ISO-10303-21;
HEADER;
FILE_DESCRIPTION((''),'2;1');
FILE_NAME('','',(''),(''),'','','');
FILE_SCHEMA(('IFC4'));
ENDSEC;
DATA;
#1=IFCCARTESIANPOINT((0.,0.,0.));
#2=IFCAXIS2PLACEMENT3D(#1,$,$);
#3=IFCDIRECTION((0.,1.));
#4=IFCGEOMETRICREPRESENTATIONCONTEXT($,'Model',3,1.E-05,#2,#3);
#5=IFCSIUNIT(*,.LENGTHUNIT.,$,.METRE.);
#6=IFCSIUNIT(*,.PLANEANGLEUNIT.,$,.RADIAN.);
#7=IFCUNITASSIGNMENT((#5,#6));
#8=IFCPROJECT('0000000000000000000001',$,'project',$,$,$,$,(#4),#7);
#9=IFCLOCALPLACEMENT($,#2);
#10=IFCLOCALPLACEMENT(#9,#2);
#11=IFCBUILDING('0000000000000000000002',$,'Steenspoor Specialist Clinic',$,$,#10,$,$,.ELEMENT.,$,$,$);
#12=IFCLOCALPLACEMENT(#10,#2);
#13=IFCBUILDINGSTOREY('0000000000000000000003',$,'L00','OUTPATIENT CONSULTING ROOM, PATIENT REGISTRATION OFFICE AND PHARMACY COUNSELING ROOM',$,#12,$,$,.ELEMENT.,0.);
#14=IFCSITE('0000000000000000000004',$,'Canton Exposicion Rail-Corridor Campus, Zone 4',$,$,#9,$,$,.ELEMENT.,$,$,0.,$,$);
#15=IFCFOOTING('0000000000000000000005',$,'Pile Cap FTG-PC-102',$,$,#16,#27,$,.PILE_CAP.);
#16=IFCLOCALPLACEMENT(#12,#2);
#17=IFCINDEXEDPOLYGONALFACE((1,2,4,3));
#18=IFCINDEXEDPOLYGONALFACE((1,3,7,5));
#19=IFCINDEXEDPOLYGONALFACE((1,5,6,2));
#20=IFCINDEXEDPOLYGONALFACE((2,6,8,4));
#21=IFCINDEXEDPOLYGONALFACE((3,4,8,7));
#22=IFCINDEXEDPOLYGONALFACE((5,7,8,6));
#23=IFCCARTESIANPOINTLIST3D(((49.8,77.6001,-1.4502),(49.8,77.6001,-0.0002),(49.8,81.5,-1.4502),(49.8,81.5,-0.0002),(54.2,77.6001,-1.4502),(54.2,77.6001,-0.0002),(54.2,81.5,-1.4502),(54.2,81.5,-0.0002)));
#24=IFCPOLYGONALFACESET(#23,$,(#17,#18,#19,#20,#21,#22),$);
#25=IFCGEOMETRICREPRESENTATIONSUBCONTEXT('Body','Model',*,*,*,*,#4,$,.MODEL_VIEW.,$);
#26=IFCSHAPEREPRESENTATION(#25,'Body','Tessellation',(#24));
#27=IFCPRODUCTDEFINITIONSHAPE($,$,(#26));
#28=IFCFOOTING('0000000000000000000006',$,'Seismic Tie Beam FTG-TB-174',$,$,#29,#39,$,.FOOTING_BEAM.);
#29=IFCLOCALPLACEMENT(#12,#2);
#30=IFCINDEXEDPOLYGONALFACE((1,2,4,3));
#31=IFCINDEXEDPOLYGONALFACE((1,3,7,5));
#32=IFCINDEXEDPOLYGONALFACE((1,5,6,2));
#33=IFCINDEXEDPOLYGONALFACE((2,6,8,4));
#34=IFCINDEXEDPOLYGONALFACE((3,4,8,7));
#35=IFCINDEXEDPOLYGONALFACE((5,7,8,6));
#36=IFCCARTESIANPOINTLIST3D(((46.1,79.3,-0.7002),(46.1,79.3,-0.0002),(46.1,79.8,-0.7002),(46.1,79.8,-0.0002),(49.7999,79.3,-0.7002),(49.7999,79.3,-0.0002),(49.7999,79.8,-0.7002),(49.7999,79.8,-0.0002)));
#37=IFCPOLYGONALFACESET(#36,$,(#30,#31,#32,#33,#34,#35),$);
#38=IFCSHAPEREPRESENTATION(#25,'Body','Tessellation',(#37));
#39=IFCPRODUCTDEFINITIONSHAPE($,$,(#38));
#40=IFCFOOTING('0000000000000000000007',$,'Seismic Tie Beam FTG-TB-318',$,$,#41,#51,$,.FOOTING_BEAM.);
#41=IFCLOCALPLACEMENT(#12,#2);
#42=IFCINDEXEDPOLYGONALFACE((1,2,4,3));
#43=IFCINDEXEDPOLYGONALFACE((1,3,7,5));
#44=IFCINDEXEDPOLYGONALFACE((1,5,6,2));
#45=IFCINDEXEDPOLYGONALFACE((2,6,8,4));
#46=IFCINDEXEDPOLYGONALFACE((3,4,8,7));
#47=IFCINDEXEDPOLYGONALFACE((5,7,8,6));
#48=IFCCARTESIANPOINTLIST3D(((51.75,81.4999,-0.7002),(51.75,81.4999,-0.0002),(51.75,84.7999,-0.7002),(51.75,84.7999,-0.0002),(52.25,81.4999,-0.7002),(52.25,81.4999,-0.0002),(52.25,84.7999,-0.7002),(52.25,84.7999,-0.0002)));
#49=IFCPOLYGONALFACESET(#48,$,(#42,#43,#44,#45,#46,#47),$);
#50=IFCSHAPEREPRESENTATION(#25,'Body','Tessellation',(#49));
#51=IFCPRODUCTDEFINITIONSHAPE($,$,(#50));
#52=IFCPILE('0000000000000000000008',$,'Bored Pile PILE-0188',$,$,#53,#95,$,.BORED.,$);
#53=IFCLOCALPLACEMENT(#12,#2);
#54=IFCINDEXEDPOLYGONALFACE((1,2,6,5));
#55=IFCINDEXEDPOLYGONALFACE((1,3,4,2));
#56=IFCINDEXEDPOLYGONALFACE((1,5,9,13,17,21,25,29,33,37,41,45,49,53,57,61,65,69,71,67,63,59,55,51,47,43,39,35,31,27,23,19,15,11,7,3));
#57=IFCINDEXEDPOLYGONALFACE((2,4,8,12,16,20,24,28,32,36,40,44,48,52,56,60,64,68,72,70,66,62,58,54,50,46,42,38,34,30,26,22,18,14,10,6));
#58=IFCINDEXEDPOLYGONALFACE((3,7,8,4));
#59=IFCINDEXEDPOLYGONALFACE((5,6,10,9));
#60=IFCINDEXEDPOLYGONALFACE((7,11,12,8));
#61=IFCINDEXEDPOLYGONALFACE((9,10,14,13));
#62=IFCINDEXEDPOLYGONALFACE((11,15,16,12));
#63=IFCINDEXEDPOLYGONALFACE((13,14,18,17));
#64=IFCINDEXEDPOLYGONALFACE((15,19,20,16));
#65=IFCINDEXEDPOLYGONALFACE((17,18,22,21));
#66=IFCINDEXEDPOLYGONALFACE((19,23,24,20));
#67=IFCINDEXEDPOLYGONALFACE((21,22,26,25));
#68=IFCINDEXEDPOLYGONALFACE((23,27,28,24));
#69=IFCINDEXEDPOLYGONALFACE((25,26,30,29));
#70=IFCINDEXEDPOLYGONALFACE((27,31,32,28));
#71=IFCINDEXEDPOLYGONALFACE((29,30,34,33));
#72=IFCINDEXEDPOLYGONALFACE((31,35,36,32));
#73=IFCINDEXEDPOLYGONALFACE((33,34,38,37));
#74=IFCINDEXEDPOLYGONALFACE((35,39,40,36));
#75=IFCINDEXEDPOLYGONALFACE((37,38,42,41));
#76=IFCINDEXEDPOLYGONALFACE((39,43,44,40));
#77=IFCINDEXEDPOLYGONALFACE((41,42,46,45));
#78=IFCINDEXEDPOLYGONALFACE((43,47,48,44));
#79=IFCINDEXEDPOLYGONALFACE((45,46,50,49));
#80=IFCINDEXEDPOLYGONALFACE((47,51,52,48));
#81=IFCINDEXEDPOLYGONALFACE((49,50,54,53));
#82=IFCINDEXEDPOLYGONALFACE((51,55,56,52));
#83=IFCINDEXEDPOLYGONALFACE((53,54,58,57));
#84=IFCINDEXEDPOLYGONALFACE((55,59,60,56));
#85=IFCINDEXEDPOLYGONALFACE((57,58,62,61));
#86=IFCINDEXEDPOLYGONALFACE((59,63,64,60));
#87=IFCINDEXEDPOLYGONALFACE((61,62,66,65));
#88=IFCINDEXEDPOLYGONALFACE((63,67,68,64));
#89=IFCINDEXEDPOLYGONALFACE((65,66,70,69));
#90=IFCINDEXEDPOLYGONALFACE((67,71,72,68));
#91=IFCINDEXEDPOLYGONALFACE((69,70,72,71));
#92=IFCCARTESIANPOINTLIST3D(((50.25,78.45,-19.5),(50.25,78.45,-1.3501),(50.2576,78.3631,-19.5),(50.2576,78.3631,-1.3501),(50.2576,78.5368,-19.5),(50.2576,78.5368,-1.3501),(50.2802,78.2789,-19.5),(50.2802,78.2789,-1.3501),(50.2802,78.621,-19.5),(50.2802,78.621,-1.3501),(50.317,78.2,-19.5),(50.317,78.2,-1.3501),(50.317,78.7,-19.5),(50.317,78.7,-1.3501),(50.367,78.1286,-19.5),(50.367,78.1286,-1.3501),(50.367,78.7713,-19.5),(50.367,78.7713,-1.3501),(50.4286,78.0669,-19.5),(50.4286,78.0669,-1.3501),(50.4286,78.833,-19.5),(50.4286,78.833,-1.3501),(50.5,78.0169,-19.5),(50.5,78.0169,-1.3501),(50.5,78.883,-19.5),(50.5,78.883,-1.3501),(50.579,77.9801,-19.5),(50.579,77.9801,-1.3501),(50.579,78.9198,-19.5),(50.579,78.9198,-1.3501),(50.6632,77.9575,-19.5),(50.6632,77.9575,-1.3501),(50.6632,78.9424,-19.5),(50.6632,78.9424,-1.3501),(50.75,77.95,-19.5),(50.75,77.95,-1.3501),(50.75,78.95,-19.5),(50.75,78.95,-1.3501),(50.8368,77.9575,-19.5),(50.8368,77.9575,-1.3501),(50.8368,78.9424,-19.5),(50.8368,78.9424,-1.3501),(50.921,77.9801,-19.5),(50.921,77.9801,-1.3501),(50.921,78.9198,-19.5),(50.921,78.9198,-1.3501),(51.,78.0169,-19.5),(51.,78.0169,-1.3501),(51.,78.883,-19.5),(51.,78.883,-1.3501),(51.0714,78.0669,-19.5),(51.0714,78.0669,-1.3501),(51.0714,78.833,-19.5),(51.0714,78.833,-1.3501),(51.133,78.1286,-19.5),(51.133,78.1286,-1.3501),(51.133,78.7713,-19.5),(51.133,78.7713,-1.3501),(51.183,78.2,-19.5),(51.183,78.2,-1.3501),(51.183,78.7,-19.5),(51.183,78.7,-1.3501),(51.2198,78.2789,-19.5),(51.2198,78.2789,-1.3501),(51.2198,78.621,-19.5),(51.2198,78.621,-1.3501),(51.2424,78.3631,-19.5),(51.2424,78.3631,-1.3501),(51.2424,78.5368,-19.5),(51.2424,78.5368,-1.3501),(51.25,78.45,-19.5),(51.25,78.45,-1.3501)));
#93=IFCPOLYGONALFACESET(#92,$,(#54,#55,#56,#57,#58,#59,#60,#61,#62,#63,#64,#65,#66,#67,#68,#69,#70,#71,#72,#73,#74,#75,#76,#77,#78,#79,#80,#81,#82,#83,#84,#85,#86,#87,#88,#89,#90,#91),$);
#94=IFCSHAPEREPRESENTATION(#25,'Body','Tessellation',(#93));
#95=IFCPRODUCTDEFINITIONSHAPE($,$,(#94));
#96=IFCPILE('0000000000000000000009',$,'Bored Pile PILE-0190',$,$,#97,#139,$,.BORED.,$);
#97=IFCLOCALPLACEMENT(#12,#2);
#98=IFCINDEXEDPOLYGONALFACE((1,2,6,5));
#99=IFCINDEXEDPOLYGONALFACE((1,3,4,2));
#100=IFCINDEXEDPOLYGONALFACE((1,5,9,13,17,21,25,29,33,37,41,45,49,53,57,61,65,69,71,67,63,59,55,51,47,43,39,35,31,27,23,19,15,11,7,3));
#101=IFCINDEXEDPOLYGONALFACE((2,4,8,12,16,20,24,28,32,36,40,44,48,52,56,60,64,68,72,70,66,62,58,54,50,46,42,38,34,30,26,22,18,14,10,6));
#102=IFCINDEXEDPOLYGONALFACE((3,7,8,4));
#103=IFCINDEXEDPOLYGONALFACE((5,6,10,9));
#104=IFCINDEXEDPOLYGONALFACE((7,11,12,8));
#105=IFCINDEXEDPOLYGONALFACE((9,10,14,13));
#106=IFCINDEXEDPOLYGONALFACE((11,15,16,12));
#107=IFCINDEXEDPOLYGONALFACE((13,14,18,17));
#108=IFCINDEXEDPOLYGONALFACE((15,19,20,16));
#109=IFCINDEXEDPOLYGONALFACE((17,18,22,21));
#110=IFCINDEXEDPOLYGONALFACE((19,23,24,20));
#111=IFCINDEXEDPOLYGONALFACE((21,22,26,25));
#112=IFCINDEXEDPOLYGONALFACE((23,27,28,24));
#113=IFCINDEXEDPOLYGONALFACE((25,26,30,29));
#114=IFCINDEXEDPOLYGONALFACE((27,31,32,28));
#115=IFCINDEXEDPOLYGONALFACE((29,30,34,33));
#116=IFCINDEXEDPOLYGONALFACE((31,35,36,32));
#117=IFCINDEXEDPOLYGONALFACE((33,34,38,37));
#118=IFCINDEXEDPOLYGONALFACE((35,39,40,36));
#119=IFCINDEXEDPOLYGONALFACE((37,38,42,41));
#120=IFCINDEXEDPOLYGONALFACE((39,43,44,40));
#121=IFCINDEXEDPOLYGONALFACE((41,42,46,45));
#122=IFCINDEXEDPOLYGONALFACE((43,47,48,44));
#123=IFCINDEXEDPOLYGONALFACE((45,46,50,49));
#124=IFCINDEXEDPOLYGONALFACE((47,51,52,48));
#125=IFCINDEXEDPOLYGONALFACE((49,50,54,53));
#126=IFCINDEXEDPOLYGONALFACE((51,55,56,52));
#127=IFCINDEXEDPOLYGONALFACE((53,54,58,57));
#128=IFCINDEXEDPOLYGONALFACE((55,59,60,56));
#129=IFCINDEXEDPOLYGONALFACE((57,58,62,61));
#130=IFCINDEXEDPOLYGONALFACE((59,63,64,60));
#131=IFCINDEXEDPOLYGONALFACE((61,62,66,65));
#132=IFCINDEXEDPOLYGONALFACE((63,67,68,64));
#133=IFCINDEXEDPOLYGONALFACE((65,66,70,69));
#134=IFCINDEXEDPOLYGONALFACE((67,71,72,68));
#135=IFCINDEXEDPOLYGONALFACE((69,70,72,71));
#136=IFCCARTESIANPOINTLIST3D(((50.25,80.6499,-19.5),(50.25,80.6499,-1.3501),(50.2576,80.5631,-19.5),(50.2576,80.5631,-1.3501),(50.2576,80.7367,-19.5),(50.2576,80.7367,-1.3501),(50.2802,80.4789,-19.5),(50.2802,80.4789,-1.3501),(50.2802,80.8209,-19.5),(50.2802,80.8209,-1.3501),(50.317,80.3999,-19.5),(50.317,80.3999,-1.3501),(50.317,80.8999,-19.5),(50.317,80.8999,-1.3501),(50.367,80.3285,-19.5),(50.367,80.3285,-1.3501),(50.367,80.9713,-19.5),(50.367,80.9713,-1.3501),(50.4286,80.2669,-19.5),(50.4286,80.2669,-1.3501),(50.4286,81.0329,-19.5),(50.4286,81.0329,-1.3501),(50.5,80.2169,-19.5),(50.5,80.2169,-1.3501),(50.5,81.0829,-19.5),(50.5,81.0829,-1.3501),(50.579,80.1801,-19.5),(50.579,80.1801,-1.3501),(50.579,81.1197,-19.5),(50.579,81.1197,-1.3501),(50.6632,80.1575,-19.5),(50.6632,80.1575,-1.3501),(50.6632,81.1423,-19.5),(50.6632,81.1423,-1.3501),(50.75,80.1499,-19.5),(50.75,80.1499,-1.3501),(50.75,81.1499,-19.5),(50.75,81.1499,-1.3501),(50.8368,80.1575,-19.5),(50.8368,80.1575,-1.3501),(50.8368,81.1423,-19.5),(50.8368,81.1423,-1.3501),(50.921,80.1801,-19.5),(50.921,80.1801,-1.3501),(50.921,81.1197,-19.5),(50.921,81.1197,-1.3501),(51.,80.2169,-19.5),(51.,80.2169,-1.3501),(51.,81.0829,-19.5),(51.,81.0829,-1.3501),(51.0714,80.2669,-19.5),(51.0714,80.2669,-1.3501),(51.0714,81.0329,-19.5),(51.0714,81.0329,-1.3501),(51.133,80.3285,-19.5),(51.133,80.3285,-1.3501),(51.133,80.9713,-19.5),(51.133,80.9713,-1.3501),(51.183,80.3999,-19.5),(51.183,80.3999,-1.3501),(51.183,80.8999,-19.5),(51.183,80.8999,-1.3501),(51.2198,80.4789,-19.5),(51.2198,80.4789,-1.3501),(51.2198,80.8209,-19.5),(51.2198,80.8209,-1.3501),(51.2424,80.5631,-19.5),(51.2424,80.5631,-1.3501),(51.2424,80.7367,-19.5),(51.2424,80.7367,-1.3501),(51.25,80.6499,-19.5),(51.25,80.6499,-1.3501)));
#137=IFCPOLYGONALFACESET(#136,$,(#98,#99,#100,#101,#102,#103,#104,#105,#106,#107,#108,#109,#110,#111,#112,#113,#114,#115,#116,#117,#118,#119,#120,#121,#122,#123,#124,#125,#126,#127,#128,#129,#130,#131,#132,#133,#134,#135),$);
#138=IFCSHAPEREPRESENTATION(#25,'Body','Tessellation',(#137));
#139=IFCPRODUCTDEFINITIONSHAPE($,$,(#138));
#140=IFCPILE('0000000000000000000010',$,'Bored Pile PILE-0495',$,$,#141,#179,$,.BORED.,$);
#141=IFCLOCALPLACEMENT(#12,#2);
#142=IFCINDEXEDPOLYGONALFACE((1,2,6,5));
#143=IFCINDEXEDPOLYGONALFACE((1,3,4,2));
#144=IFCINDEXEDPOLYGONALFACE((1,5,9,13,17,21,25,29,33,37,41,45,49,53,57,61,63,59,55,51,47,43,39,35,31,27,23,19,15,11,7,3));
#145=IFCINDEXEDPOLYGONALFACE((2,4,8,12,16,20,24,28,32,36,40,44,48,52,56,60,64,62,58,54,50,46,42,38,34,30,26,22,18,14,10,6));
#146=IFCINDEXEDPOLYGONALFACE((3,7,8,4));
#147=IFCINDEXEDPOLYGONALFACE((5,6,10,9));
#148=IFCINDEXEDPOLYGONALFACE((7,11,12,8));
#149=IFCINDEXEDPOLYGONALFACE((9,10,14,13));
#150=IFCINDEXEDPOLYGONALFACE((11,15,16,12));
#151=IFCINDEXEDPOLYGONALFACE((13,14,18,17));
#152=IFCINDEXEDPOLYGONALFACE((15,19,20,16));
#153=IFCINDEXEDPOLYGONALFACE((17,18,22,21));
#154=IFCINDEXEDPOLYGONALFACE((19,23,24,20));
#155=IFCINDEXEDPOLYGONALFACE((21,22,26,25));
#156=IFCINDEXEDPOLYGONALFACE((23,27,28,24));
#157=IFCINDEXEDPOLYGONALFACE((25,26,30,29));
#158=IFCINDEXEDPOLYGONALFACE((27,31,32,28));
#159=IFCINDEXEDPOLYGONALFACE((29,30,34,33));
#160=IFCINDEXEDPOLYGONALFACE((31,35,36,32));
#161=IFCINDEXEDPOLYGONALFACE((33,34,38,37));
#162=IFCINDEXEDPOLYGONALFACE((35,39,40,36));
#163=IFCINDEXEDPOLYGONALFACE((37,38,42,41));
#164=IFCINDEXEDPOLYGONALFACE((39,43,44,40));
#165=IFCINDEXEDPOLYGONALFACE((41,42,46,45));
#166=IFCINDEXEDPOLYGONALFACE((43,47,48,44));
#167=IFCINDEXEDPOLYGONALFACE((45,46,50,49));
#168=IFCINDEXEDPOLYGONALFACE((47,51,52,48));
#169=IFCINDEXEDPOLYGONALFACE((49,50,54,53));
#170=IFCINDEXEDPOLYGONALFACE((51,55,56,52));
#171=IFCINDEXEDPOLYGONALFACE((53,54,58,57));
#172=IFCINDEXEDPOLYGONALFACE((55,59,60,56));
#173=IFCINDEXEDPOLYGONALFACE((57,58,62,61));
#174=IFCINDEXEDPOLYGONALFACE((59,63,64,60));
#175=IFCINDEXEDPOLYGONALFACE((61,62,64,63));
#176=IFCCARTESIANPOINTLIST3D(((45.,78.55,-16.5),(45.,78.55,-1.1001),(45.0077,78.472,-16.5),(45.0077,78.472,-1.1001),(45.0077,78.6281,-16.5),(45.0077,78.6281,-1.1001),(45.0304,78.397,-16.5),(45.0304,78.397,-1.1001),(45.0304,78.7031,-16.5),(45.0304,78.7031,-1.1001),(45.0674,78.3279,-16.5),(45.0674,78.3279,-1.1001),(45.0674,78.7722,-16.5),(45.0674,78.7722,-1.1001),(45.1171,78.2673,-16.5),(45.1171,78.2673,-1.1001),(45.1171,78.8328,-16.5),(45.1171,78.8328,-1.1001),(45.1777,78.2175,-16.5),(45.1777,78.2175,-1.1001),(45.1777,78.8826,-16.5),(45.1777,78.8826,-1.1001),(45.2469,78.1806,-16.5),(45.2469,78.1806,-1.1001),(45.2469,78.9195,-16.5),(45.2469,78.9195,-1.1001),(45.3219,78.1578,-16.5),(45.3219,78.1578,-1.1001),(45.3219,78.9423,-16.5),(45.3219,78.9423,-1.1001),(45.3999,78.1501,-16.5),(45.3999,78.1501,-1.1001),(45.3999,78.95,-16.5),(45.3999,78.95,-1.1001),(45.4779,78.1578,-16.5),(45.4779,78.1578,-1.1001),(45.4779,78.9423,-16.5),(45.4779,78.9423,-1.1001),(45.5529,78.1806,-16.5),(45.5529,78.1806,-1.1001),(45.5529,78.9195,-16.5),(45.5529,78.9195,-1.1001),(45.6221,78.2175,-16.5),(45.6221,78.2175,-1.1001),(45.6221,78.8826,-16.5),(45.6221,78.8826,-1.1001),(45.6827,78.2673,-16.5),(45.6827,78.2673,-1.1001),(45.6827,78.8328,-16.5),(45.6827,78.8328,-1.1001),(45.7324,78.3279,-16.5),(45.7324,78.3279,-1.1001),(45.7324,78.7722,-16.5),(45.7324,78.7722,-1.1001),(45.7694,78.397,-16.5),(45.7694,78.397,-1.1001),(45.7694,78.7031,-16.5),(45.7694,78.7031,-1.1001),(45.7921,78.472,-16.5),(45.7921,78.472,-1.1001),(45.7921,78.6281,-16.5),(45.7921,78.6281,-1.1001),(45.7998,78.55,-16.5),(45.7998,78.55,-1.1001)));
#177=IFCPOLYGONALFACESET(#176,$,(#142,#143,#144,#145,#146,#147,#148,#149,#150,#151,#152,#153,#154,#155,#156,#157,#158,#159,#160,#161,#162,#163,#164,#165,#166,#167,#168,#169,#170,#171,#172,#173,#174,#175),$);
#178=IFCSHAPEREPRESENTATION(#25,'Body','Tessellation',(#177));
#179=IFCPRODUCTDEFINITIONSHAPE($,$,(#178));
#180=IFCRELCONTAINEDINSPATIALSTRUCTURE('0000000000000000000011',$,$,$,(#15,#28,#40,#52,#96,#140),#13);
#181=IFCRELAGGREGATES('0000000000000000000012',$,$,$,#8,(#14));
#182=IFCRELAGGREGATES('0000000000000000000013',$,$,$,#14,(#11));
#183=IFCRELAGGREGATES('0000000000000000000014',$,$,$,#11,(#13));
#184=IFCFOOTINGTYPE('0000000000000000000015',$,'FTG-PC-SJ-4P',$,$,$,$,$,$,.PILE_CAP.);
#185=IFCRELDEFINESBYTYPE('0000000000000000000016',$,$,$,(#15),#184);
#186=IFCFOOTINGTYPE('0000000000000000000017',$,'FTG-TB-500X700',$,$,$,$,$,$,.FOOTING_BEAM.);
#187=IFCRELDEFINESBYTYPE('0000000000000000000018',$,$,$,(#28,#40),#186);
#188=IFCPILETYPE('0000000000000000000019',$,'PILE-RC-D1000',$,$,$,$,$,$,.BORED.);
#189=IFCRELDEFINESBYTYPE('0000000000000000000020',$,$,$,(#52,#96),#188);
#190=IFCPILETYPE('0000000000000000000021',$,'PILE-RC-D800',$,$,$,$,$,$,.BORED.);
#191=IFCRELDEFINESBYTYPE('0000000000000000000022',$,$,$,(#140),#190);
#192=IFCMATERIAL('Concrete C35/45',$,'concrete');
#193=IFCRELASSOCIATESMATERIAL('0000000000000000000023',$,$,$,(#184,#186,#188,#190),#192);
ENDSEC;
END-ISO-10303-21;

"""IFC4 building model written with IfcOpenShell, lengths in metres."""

from ifc_helpers import new_model, si_unit, direction, frame, origin, origin_2d, place, context, subcontext, project, spatial, rectangle, circle, extrude, material, material_profile, profile_set, type_object, element, save


model = new_model("IFC4")

# Units and contexts
model_context = context("Model", 3, precision=1e-05, world=origin(), true_north=direction((0.0, 1.0)))
body_context = subcontext(model_context, "Body", "Model", "MODEL_VIEW")
ifc_project = project(units=[si_unit("LENGTHUNIT", "METRE"), si_unit("PLANEANGLEUNIT", "RADIAN")], contexts=[model_context])

# Site, building, storey
site_placement = place(None, origin())
site = spatial("IfcSite", under=ifc_project, at=site_placement, Name="Canton Exposicion Rail-Corridor Campus, Zone 4", CompositionType="ELEMENT", RefElevation=0.0)
building_placement = place(site_placement, origin())
building = spatial("IfcBuilding", under=site, at=building_placement, Name="Steenspoor Specialist Clinic", CompositionType="ELEMENT")
storey_placement = place(building_placement, origin())
storey = spatial("IfcBuildingStorey", under=building, at=storey_placement, Name="L00", Description="OUTPATIENT CONSULTING ROOM, PATIENT REGISTRATION OFFICE AND PHARMACY COUNSELING ROOM", CompositionType="ELEMENT", Elevation=0.0)

# Footings
ifc_material_1 = material(Name="Concrete C35/45", Category="concrete")
footing_type_1 = type_object("IfcFootingType", Name="FTG-PC-SJ-4P", PredefinedType="PILE_CAP", material=ifc_material_1)
footing_1_placement = place(storey_placement, frame((52.0, 79.55, -1.4502), z_axis=(0.0, 0.0, 1.0), x_axis=(1.0, 0.0, 0.0)))
element("IfcFooting", 1, at=footing_1_placement, inside=storey, type_object=footing_type_1, Name="Pile Cap FTG-PC-102", PredefinedType="PILE_CAP", context=body_context, shape_type="SweptSolid", body=[
    extrude(rectangle(XDim=4.3999, YDim=3.8999, at=origin_2d()), origin(), (0.0, 0.0, 1.0), 1.45),
])
footing_type_2 = type_object("IfcFootingType", Name="FTG-TB-500X700", PredefinedType="FOOTING_BEAM", material=ifc_material_1)
footing_2_placement = place(storey_placement, frame((47.95, 79.55, -0.7002), z_axis=(0.0, 0.0, 1.0), x_axis=(1.0, 0.0, 0.0)))
element("IfcFooting", 2, at=footing_2_placement, inside=storey, type_object=footing_type_2, Name="Seismic Tie Beam FTG-TB-174", PredefinedType="FOOTING_BEAM", context=body_context, shape_type="SweptSolid", body=[
    extrude(rectangle(XDim=3.7, YDim=0.5, at=origin_2d()), origin(), (0.0, 0.0, 1.0), 0.7),
])
footing_3_placement = place(storey_placement, frame((52.0, 83.1499, -0.7002), z_axis=(0.0, 0.0, 1.0), x_axis=(1.0, 0.0, 0.0)))
element("IfcFooting", 3, at=footing_3_placement, inside=storey, type_object=footing_type_2, Name="Seismic Tie Beam FTG-TB-318", PredefinedType="FOOTING_BEAM", context=body_context, shape_type="SweptSolid", body=[
    extrude(rectangle(XDim=0.5, YDim=3.3, at=origin_2d()), origin(), (0.0, 0.0, 1.0), 0.7),
])

# Piles
ifc_material_profile_1 = material_profile(ifc_material_1, circle(Radius=0.5, at=origin_2d()), Name="PILE-D1000")
ifc_profile_set_1 = profile_set([ifc_material_profile_1], Name="Concrete C35/45")
pile_type_1 = type_object("IfcPileType", Name="PILE-RC-D1000", PredefinedType="BORED", material=ifc_profile_set_1)
for number, where, z_axis, x_axis, name in (
    (4, (50.75, 78.45, -1.3501), (0.0, 0.0, -1.0), (1.0, 0.0, 0.0), "Bored Pile PILE-0188"),
    (5, (50.75, 80.6499, -1.3501), (0.0, 0.0, -1.0), (1.0, 0.0, 0.0), "Bored Pile PILE-0190"),
):
    element("IfcPile", number, at=place(storey_placement, frame(where, z_axis=z_axis, x_axis=x_axis)), inside=storey, type_object=pile_type_1, Name=name, PredefinedType="BORED", context=body_context, shape_type="SweptSolid", body=[
        extrude(circle(Radius=0.5, at=origin_2d()), origin(), (0.0, 0.0, 1.0), 18.1499),
    ])
ifc_material_profile_2 = material_profile(ifc_material_1, circle(Radius=0.3999, at=origin_2d()), Name="PILE-D800")
ifc_profile_set_2 = profile_set([ifc_material_profile_2], Name="Concrete C35/45")
pile_type_2 = type_object("IfcPileType", Name="PILE-RC-D800", PredefinedType="BORED", material=ifc_profile_set_2)
for number, where, z_axis, x_axis, name in (
    (6, (45.3999, 78.55, -1.1001), (0.0, 0.0, -1.0), (1.0, 0.0, 0.0), "Bored Pile PILE-0495"),
):
    element("IfcPile", number, at=place(storey_placement, frame(where, z_axis=z_axis, x_axis=x_axis)), inside=storey, type_object=pile_type_2, Name=name, PredefinedType="BORED", context=body_context, shape_type="SweptSolid", body=[
        extrude(circle(Radius=0.3999, at=origin_2d()), origin(), (0.0, 0.0, 1.0), 15.3999),
    ])

save(model, "model.ifc")
